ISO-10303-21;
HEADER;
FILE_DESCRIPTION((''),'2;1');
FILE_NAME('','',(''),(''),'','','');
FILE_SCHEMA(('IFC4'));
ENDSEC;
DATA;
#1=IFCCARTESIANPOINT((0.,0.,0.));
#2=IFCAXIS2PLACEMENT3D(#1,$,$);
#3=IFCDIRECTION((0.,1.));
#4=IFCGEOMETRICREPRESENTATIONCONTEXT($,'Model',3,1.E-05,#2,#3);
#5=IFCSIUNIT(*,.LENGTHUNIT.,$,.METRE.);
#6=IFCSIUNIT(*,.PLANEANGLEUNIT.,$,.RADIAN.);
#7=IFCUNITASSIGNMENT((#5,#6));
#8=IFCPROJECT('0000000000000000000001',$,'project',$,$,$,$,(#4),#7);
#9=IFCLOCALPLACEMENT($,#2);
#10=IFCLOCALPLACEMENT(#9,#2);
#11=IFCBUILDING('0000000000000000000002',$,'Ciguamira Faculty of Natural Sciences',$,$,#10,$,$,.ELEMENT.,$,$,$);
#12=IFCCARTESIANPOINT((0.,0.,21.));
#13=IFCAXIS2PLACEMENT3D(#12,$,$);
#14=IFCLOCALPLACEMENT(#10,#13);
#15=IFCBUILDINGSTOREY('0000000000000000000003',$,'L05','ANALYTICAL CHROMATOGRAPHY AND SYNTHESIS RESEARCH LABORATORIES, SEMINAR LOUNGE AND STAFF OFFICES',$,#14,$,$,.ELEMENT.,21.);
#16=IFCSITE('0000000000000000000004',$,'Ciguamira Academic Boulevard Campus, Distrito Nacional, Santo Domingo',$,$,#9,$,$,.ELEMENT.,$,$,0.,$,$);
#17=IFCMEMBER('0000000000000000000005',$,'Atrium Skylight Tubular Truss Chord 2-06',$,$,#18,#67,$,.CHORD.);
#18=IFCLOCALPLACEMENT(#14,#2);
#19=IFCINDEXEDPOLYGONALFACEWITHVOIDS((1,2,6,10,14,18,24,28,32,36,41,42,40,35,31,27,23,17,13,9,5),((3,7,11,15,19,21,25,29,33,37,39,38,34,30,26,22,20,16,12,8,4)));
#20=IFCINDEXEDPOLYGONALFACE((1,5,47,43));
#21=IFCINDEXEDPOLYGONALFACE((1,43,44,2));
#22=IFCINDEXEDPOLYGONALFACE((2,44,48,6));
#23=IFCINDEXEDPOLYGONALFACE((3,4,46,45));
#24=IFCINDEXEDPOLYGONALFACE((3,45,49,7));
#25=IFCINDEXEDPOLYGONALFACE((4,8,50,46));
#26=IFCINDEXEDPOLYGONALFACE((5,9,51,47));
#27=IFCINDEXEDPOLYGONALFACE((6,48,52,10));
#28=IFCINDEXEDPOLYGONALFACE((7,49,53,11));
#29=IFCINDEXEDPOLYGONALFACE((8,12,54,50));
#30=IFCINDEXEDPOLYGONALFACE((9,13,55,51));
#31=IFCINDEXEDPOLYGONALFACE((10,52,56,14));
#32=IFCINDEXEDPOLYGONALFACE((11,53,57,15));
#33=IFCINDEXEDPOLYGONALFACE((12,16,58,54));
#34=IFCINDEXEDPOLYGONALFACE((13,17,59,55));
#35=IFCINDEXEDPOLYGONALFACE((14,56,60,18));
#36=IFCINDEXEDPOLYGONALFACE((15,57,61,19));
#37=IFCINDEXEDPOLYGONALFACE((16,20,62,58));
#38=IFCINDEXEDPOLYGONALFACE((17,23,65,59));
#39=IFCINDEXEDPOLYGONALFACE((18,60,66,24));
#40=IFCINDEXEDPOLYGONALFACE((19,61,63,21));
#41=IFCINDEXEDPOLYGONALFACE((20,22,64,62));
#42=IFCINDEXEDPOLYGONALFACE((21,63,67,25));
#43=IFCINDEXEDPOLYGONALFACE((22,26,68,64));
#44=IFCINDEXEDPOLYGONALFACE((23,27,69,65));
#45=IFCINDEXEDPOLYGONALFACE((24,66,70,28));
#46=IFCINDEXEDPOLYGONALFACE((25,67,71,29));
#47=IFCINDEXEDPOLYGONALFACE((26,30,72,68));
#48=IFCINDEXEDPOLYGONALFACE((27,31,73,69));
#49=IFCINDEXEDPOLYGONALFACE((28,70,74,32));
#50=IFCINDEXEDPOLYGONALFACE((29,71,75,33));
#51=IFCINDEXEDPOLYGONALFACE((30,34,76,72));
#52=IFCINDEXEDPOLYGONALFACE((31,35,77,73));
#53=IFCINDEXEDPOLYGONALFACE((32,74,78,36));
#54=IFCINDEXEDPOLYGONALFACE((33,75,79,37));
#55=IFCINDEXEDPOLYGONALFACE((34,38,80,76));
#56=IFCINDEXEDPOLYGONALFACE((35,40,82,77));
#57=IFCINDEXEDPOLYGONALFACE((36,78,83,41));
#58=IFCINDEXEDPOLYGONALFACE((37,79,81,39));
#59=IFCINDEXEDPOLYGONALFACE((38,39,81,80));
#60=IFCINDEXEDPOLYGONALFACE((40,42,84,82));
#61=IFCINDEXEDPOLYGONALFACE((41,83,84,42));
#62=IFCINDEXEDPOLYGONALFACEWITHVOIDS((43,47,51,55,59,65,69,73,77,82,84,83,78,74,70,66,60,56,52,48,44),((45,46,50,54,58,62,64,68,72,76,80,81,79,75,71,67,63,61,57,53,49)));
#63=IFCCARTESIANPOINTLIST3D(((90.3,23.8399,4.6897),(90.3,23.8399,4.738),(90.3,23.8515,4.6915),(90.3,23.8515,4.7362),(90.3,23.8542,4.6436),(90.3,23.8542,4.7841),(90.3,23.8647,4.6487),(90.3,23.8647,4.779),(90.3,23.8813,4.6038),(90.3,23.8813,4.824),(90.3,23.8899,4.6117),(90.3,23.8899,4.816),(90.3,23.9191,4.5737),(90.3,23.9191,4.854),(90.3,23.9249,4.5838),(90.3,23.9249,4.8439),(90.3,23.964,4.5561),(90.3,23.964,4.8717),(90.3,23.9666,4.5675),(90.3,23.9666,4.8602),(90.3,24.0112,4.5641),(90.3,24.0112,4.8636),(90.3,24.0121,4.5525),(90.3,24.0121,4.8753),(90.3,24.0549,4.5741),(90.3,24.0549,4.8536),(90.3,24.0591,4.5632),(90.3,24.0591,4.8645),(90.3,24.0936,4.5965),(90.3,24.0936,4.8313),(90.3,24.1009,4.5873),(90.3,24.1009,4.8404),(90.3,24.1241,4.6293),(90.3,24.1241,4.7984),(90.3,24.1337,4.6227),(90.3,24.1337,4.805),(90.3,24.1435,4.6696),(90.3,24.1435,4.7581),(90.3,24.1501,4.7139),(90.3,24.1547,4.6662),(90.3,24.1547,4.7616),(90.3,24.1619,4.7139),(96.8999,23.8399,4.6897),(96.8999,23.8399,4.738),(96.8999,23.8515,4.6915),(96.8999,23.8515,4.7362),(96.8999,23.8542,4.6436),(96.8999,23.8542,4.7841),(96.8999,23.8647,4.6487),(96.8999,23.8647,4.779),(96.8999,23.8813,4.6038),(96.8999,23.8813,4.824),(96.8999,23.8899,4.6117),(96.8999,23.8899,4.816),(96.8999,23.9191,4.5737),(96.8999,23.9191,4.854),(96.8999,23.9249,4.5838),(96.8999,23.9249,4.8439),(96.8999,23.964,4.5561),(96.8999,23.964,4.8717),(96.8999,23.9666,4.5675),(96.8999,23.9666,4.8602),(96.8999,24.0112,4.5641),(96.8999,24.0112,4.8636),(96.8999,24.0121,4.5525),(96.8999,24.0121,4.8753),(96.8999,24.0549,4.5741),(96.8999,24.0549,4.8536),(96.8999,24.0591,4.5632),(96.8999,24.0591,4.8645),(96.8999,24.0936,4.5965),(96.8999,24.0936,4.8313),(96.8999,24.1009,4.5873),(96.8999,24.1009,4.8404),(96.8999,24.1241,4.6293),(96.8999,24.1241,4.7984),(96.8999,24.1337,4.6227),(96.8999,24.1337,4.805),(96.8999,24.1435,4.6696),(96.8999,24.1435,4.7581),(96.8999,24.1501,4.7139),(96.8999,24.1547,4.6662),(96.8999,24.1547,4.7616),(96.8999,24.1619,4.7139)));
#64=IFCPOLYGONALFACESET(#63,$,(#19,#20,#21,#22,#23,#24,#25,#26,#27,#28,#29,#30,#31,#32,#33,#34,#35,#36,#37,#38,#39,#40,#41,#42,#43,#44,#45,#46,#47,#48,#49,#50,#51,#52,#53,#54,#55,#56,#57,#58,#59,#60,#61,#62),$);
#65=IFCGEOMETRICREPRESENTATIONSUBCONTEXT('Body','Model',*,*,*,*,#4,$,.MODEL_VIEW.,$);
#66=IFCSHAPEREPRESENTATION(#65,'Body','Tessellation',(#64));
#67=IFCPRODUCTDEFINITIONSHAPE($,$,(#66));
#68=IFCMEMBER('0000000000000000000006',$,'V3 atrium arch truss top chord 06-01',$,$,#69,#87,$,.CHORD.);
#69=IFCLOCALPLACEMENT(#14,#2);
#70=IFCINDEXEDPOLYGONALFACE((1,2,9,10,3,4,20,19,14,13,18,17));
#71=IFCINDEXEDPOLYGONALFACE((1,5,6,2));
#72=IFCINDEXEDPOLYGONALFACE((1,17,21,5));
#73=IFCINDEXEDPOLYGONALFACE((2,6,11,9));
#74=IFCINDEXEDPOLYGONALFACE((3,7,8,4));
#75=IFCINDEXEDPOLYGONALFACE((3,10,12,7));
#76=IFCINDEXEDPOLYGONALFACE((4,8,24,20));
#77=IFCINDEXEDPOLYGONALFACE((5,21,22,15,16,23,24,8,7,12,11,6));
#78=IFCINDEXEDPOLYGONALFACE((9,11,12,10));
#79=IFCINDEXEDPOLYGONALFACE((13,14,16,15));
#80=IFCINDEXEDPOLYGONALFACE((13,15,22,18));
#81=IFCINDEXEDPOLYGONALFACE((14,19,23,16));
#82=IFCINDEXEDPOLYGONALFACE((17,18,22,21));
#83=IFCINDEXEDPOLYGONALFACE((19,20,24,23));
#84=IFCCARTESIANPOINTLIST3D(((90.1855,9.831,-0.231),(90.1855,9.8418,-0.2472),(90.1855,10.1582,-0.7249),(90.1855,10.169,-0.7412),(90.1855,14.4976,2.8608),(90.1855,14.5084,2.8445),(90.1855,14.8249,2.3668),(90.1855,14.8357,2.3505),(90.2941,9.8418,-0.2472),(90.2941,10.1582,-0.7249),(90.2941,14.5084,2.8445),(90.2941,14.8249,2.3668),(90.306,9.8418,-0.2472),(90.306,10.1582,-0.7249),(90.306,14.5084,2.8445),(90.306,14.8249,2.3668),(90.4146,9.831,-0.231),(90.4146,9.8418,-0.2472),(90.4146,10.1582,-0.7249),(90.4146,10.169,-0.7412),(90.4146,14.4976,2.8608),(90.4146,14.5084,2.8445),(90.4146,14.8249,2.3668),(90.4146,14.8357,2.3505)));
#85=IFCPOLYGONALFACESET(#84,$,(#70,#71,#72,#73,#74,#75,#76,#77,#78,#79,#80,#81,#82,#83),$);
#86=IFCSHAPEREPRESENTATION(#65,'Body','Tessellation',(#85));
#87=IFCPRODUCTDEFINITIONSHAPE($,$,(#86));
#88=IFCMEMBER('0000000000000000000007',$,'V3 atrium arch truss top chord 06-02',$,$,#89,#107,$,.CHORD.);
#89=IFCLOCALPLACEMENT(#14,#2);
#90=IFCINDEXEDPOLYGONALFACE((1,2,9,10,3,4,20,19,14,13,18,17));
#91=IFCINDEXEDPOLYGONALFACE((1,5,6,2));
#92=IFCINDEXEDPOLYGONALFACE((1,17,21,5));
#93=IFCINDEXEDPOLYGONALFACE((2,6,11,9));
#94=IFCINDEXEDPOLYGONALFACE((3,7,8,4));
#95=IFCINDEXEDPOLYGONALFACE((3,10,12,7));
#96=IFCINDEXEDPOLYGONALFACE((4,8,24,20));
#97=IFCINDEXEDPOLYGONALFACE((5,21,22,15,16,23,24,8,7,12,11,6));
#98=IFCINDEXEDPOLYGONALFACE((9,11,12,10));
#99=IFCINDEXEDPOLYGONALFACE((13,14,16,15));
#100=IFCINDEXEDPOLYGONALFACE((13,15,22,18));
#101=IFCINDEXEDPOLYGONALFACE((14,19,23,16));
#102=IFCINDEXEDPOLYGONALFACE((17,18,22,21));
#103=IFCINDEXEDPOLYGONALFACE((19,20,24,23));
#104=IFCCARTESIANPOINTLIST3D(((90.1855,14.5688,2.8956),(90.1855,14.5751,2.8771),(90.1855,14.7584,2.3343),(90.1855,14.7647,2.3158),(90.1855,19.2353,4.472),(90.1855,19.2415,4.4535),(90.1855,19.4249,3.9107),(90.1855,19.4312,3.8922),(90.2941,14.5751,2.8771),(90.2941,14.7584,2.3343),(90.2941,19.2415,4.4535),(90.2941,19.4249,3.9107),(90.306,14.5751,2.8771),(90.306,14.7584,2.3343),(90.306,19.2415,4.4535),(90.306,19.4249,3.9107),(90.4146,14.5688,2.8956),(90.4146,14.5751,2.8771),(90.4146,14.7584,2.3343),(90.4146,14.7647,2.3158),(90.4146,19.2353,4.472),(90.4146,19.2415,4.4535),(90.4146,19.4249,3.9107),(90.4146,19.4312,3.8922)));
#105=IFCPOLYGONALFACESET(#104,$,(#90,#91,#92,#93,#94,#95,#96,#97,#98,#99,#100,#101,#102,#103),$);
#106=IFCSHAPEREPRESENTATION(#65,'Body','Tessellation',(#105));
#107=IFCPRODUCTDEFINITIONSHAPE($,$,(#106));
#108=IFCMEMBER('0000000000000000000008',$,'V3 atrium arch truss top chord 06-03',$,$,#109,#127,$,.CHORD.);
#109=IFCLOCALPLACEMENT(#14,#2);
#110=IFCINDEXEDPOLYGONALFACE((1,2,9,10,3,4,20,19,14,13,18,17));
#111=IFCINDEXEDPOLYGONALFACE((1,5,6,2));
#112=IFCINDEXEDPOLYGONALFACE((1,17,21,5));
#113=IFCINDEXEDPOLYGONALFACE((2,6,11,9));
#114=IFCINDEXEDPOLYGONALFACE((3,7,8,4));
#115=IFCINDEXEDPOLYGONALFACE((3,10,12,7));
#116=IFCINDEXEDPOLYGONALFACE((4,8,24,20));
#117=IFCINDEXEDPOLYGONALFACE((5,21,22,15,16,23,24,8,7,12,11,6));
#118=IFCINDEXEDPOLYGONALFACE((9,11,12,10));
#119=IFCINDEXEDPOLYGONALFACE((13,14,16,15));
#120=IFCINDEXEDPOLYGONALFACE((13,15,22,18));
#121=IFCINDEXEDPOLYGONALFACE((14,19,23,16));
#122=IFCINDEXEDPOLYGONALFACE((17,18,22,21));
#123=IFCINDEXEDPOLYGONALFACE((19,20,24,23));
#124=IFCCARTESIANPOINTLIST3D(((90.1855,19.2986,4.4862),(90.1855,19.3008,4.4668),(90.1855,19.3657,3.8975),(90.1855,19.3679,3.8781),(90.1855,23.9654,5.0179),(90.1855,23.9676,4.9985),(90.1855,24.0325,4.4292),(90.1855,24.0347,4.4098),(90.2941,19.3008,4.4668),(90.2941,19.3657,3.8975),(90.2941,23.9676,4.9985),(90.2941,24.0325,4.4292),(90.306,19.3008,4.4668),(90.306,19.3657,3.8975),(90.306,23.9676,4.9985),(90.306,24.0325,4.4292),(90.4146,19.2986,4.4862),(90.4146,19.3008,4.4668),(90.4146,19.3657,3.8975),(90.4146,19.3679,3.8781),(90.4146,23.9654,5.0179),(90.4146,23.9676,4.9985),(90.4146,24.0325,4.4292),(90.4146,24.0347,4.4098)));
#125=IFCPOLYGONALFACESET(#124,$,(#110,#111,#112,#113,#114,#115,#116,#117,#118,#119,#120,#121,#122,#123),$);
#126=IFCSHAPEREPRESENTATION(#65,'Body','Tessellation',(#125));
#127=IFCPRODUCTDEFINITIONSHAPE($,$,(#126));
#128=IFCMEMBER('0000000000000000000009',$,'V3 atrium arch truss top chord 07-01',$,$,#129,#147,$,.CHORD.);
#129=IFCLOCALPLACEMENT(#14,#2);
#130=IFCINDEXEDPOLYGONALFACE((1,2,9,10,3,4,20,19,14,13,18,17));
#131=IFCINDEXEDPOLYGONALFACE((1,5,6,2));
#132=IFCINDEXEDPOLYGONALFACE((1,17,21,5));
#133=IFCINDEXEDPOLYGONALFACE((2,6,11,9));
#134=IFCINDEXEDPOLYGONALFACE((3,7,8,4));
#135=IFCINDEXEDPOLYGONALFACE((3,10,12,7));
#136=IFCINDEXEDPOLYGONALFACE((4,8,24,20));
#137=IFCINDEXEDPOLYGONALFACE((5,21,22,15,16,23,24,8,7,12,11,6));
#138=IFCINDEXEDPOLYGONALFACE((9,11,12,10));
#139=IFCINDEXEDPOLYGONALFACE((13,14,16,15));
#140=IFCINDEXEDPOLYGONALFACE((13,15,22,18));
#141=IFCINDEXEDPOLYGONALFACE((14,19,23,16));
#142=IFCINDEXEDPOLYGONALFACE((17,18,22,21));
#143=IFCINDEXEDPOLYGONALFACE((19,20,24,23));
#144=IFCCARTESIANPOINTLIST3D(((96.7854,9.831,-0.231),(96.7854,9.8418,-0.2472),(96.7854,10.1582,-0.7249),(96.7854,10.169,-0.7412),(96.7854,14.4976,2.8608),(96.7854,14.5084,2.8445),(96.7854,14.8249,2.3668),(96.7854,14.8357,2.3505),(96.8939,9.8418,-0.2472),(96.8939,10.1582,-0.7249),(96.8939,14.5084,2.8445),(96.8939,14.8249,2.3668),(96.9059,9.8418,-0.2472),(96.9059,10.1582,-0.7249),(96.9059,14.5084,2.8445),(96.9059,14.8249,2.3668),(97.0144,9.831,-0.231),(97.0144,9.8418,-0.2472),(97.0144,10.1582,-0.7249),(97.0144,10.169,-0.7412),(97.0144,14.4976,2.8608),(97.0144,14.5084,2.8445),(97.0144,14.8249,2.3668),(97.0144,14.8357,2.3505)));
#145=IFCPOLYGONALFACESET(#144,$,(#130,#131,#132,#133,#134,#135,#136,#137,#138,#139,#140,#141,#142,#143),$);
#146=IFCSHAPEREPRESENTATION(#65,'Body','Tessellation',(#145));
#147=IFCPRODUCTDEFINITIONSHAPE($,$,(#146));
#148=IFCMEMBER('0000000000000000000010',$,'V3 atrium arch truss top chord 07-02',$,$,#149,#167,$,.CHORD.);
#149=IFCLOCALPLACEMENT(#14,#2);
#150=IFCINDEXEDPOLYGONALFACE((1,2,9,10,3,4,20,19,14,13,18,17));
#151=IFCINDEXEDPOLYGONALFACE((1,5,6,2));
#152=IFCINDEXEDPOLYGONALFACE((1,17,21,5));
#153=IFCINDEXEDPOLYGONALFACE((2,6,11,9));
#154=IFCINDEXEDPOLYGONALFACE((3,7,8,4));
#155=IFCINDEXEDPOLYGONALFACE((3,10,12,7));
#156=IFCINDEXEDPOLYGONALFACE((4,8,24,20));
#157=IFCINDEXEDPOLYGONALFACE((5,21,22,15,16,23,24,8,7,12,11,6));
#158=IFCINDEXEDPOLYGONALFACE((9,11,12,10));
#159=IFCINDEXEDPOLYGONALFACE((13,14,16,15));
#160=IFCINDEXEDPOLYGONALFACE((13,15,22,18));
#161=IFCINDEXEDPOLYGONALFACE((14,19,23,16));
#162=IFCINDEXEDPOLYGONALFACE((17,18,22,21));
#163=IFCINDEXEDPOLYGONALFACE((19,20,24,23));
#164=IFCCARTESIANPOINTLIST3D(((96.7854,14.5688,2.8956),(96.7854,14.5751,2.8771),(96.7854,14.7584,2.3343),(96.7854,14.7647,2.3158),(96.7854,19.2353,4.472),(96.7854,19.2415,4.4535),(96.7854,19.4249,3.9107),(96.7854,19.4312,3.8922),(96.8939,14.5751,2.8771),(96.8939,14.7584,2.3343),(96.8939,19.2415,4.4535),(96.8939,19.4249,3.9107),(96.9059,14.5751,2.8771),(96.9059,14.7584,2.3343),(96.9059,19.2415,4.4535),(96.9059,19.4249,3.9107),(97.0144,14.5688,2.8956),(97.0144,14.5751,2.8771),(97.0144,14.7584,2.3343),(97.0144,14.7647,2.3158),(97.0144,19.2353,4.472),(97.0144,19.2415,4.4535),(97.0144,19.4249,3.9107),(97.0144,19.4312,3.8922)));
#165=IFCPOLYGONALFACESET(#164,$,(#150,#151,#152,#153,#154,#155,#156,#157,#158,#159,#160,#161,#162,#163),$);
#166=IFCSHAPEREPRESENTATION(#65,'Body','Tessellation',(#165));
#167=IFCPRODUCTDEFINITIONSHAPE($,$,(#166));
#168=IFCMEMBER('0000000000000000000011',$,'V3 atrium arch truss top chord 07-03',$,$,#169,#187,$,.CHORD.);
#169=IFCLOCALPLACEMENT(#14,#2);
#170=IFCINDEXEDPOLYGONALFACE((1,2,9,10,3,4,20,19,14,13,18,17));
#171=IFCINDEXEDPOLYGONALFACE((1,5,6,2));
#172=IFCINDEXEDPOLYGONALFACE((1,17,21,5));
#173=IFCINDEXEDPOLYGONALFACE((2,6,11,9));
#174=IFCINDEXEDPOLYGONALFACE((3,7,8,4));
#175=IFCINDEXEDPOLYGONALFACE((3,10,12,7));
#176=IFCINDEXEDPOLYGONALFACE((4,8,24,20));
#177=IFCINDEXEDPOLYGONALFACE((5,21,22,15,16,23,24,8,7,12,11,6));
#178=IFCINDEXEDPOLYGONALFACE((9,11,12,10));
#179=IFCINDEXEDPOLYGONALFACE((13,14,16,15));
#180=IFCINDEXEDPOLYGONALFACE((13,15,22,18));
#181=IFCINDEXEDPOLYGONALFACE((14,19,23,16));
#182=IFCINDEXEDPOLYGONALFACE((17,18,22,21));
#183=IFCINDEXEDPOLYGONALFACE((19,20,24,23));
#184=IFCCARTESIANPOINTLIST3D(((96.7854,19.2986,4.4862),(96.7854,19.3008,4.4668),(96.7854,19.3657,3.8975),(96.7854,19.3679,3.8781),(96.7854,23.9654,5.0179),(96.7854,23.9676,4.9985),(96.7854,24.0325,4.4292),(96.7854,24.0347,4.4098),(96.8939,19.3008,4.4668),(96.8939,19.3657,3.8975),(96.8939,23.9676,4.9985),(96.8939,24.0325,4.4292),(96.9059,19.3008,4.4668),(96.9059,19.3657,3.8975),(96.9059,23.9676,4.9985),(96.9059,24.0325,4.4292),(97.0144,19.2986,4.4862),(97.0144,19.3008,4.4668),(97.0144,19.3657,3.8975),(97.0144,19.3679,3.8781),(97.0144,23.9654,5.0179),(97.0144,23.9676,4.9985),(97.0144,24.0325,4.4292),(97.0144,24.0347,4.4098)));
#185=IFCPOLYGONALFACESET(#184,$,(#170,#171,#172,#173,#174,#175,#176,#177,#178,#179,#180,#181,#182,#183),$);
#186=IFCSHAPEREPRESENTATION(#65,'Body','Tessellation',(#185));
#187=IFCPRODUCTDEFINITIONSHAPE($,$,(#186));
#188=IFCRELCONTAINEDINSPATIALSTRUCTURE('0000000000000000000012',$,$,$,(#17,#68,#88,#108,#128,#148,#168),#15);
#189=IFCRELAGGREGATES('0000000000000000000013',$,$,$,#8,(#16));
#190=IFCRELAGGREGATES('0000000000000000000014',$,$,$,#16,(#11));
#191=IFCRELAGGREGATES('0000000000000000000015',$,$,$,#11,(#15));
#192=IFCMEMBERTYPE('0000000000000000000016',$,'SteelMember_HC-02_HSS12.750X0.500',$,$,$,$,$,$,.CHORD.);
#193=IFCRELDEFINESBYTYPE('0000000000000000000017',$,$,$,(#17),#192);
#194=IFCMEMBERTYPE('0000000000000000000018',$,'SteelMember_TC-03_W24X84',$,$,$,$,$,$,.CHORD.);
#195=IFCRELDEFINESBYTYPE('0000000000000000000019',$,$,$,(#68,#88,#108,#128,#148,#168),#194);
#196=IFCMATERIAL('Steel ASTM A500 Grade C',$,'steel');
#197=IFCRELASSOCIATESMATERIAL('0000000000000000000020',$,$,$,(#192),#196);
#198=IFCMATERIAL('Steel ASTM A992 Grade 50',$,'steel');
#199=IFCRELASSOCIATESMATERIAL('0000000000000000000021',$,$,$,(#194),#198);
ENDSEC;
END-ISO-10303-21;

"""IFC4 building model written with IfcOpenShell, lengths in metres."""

from ifc_helpers import new_model, si_unit, direction, frame, origin, origin_2d, place, context, subcontext, project, spatial, hollow_circle, i_section, extrude, material, material_profile, profile_set, type_object, element, save


model = new_model("IFC4")

# Units and contexts
model_context = context("Model", 3, precision=1e-05, world=origin(), true_north=direction((0.0, 1.0)))
body_context = subcontext(model_context, "Body", "Model", "MODEL_VIEW")
ifc_project = project(units=[si_unit("LENGTHUNIT", "METRE"), si_unit("PLANEANGLEUNIT", "RADIAN")], contexts=[model_context])

# Site, building, storey
site_placement = place(None, origin())
site = spatial("IfcSite", under=ifc_project, at=site_placement, Name="Ciguamira Academic Boulevard Campus, Distrito Nacional, Santo Domingo", CompositionType="ELEMENT", RefElevation=0.0)
building_placement = place(site_placement, origin())
building = spatial("IfcBuilding", under=site, at=building_placement, Name="Ciguamira Faculty of Natural Sciences", CompositionType="ELEMENT")
storey_placement = place(building_placement, frame((0.0, 0.0, 21.0)))
storey = spatial("IfcBuildingStorey", under=building, at=storey_placement, Name="L05", Description="ANALYTICAL CHROMATOGRAPHY AND SYNTHESIS RESEARCH LABORATORIES, SEMINAR LOUNGE AND STAFF OFFICES", CompositionType="ELEMENT", Elevation=21.0)

# Shared definitions
ifc_material_1 = material(Name="Steel ASTM A992 Grade 50", Category="steel")

# Members
ifc_material_2 = material(Name="Steel ASTM A500 Grade C", Category="steel")
ifc_material_profile_1 = material_profile(ifc_material_2, hollow_circle(Radius=0.1619, WallThickness=0.0117, at=origin_2d()), Name="HSS12.750X0.500")
ifc_profile_set_1 = profile_set([ifc_material_profile_1], Name="Steel ASTM A500 Grade C")
member_type_1 = type_object("IfcMemberType", Name="SteelMember_HC-02_HSS12.750X0.500", PredefinedType="CHORD", material=ifc_profile_set_1)
member_1_placement = place(storey_placement, frame((90.3, 24.0, 4.7139), z_axis=(1.0, 0.0, 0.0), x_axis=(0.0, 1.0, 0.0)))
element("IfcMember", 1, at=member_1_placement, inside=storey, type_object=member_type_1, Name="Atrium Skylight Tubular Truss Chord 2-06", PredefinedType="CHORD", context=body_context, shape_type="SweptSolid", body=[
    extrude(hollow_circle(Radius=0.1619, WallThickness=0.0117, at=origin_2d()), origin(), (0.0, 0.0, 1.0), 6.5999),
])
ifc_material_profile_2 = material_profile(ifc_material_1, i_section(OverallWidth=0.229, OverallDepth=0.6121, WebThickness=0.012, FlangeThickness=0.0195, at=origin_2d()), Name="W24X84")
ifc_profile_set_2 = profile_set([ifc_material_profile_2], Name="Steel ASTM A992 Grade 50")
member_type_2 = type_object("IfcMemberType", Name="SteelMember_TC-03_W24X84", PredefinedType="CHORD", material=ifc_profile_set_2)
member_2_placement = place(storey_placement, frame((90.3, 10.0, -0.4861), z_axis=(0.0, 0.833644, 0.552303), x_axis=(-1.0, 0.0, 0.0)))
element("IfcMember", 2, at=member_2_placement, inside=storey, type_object=member_type_2, Name="V3 atrium arch truss top chord 06-01", PredefinedType="CHORD", context=body_context, shape_type="SweptSolid", body=[
    extrude(i_section(OverallWidth=0.229, OverallDepth=0.6121, WebThickness=0.012, FlangeThickness=0.0195, at=origin_2d()), origin(), (0.0, 0.0, 1.0), 5.5979),
])
member_3_placement = place(storey_placement, frame((90.3, 14.6667, 2.6057), z_axis=(0.0, 0.947402, 0.320047), x_axis=(-1.0, 0.0, 0.0)))
element("IfcMember", 3, at=member_3_placement, inside=storey, type_object=member_type_2, Name="V3 atrium arch truss top chord 06-02", PredefinedType="CHORD", context=body_context, shape_type="SweptSolid", body=[
    extrude(i_section(OverallWidth=0.229, OverallDepth=0.6121, WebThickness=0.012, FlangeThickness=0.0195, at=origin_2d()), origin(), (0.0, 0.0, 1.0), 4.9255),
])
member_4_placement = place(storey_placement, frame((90.3, 19.3333, 4.1821), z_axis=(0.0, 0.993571, 0.113209), x_axis=(-1.0, 0.0, 0.0)))
element("IfcMember", 4, at=member_4_placement, inside=storey, type_object=member_type_2, Name="V3 atrium arch truss top chord 06-03", PredefinedType="CHORD", context=body_context, shape_type="SweptSolid", body=[
    extrude(i_section(OverallWidth=0.229, OverallDepth=0.6121, WebThickness=0.012, FlangeThickness=0.0195, at=origin_2d()), origin(), (0.0, 0.0, 1.0), 4.697),
])
member_5_placement = place(storey_placement, frame((96.8999, 10.0, -0.4861), z_axis=(0.0, 0.833644, 0.552303), x_axis=(-1.0, 0.0, 0.0)))
element("IfcMember", 5, at=member_5_placement, inside=storey, type_object=member_type_2, Name="V3 atrium arch truss top chord 07-01", PredefinedType="CHORD", context=body_context, shape_type="SweptSolid", body=[
    extrude(i_section(OverallWidth=0.229, OverallDepth=0.6121, WebThickness=0.012, FlangeThickness=0.0195, at=origin_2d()), origin(), (0.0, 0.0, 1.0), 5.5979),
])
member_6_placement = place(storey_placement, frame((96.8999, 14.6667, 2.6057), z_axis=(0.0, 0.947402, 0.320047), x_axis=(-1.0, 0.0, 0.0)))
element("IfcMember", 6, at=member_6_placement, inside=storey, type_object=member_type_2, Name="V3 atrium arch truss top chord 07-02", PredefinedType="CHORD", context=body_context, shape_type="SweptSolid", body=[
    extrude(i_section(OverallWidth=0.229, OverallDepth=0.6121, WebThickness=0.012, FlangeThickness=0.0195, at=origin_2d()), origin(), (0.0, 0.0, 1.0), 4.9255),
])
member_7_placement = place(storey_placement, frame((96.8999, 19.3333, 4.1821), z_axis=(0.0, 0.993571, 0.113209), x_axis=(-1.0, 0.0, 0.0)))
element("IfcMember", 7, at=member_7_placement, inside=storey, type_object=member_type_2, Name="V3 atrium arch truss top chord 07-03", PredefinedType="CHORD", context=body_context, shape_type="SweptSolid", body=[
    extrude(i_section(OverallWidth=0.229, OverallDepth=0.6121, WebThickness=0.012, FlangeThickness=0.0195, at=origin_2d()), origin(), (0.0, 0.0, 1.0), 4.697),
])

save(model, "model.ifc")
